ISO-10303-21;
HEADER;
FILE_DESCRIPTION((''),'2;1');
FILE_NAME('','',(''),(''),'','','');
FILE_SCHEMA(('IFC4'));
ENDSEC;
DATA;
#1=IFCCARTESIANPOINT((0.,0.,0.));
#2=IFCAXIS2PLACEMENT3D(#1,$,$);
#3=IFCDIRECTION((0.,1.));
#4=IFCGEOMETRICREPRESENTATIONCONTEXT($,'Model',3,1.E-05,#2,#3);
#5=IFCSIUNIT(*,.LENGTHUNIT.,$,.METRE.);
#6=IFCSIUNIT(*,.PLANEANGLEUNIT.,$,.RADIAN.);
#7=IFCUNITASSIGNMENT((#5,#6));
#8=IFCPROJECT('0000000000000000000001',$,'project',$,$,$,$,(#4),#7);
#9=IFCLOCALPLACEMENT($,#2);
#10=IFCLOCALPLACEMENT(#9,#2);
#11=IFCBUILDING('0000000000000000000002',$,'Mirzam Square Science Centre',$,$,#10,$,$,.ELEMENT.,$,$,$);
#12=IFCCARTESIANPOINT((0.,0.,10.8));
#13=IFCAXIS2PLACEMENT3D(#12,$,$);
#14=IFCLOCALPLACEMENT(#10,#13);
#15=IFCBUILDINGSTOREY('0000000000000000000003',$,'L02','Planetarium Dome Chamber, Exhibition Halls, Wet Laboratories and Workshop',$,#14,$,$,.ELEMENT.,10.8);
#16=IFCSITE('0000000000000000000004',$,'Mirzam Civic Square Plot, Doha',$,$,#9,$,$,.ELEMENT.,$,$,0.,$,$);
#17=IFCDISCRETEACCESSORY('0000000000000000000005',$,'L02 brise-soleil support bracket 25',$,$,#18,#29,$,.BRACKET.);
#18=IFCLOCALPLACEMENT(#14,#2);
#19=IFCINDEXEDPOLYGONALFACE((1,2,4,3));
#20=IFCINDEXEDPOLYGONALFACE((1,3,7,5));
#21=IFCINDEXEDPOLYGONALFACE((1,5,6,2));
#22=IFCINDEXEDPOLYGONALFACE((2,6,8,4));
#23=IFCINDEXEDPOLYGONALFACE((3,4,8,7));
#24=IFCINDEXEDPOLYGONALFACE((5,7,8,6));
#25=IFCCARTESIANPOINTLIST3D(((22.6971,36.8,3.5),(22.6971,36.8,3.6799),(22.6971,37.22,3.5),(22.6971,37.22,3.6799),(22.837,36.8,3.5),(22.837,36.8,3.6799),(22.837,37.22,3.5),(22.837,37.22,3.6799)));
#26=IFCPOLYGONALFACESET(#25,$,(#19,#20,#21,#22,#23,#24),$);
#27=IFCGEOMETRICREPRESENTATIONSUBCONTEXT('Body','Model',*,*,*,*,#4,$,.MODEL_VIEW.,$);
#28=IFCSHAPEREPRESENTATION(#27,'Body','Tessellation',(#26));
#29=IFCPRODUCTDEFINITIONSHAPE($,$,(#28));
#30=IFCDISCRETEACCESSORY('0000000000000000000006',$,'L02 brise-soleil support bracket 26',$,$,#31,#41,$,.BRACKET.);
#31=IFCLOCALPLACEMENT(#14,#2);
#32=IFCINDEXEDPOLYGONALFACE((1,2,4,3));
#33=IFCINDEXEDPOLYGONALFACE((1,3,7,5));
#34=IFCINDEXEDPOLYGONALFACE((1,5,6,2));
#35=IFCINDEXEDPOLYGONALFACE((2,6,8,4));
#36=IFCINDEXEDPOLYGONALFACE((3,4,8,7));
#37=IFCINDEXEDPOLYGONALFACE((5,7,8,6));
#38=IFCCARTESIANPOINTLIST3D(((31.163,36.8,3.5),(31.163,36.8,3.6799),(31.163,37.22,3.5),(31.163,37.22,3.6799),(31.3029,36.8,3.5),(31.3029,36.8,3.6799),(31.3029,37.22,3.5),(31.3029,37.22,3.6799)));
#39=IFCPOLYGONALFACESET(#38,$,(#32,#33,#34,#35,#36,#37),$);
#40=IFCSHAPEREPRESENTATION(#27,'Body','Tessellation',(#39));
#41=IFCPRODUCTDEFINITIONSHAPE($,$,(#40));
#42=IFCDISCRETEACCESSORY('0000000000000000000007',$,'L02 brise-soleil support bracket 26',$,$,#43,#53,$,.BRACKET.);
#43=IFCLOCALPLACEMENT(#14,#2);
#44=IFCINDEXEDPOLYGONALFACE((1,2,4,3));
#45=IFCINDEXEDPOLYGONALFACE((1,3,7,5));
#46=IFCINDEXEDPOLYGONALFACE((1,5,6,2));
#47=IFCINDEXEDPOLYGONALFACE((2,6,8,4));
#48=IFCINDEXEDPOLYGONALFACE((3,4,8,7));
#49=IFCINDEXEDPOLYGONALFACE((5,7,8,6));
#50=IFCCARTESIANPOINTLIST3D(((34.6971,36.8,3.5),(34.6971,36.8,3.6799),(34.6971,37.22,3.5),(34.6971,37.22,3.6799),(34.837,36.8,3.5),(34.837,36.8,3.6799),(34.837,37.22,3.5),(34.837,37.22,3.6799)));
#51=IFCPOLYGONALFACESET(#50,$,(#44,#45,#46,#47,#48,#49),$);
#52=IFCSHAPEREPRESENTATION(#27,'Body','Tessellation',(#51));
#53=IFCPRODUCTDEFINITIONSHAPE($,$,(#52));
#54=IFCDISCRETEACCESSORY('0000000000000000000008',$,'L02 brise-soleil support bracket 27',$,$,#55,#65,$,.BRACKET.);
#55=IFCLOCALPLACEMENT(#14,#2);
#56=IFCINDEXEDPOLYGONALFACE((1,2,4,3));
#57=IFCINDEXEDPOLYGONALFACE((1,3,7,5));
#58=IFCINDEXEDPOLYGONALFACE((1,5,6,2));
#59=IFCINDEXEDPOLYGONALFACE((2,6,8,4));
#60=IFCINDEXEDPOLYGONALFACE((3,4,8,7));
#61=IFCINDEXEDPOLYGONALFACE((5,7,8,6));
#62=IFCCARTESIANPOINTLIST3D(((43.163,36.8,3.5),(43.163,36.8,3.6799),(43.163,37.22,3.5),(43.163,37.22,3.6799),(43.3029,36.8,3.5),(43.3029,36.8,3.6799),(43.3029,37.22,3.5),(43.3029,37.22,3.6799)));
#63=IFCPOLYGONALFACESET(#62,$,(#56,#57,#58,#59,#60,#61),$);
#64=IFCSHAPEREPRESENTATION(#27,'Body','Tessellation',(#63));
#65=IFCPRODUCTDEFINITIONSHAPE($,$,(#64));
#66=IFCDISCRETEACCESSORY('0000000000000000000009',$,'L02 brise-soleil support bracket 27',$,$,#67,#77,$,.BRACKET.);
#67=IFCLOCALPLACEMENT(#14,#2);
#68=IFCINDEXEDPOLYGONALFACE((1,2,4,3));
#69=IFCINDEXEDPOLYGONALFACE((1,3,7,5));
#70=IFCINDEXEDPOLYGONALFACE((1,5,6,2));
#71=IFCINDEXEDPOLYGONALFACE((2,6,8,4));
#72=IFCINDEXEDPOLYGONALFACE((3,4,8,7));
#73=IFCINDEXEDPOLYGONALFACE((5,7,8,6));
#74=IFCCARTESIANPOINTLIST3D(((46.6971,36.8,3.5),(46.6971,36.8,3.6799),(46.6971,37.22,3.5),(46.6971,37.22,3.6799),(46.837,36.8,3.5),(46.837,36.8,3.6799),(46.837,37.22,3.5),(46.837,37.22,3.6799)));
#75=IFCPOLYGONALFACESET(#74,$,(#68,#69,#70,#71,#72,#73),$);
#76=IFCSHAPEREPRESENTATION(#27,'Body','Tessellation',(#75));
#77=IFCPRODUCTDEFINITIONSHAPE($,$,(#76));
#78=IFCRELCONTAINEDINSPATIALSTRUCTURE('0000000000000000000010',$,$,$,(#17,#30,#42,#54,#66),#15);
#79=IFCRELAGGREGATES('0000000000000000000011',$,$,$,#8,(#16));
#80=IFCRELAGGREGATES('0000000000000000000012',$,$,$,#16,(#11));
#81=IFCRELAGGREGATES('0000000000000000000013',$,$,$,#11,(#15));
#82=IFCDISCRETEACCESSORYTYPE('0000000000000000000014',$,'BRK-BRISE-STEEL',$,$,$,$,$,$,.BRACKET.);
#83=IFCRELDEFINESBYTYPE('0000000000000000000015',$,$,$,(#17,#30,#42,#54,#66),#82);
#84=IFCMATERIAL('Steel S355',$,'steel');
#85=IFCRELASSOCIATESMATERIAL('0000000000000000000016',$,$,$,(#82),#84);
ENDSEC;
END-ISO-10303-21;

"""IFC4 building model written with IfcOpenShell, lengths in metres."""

from ifc_helpers import new_model, si_unit, direction, frame, origin, origin_2d, place, context, subcontext, project, spatial, rectangle, extrude, material, type_object, element, save


model = new_model("IFC4")

# Units and contexts
model_context = context("Model", 3, precision=1e-05, world=origin(), true_north=direction((0.0, 1.0)))
body_context = subcontext(model_context, "Body", "Model", "MODEL_VIEW")
ifc_project = project(units=[si_unit("LENGTHUNIT", "METRE"), si_unit("PLANEANGLEUNIT", "RADIAN")], contexts=[model_context])

# Site, building, storey
site_placement = place(None, origin())
site = spatial("IfcSite", under=ifc_project, at=site_placement, Name="Mirzam Civic Square Plot, Doha", CompositionType="ELEMENT", RefElevation=0.0)
building_placement = place(site_placement, origin())
building = spatial("IfcBuilding", under=site, at=building_placement, Name="Mirzam Square Science Centre", CompositionType="ELEMENT")
storey_placement = place(building_placement, frame((0.0, 0.0, 10.8)))
storey = spatial("IfcBuildingStorey", under=building, at=storey_placement, Name="L02", Description="Planetarium Dome Chamber, Exhibition Halls, Wet Laboratories and Workshop", CompositionType="ELEMENT", Elevation=10.8)

# Shared definitions
ifc_material_1 = material(Name="Steel S355", Category="steel")

# Discrete accessories
discrete_accessory_type = type_object("IfcDiscreteAccessoryType", Name="BRK-BRISE-STEEL", PredefinedType="BRACKET", material=ifc_material_1)
for number, where, z_axis, x_axis, name in (
    (1, (22.7671, 37.01, 3.5), (0.0, 0.0, 1.0), (1.0, 0.0, 0.0), "L02 brise-soleil support bracket 25"),
    (2, (31.2329, 37.01, 3.5), (0.0, 0.0, 1.0), (1.0, 0.0, 0.0), "L02 brise-soleil support bracket 26"),
    (3, (34.7671, 37.01, 3.5), (0.0, 0.0, 1.0), (1.0, 0.0, 0.0), "L02 brise-soleil support bracket 26"),
    (4, (43.2329, 37.01, 3.5), (0.0, 0.0, 1.0), (1.0, 0.0, 0.0), "L02 brise-soleil support bracket 27"),
    (5, (46.7671, 37.01, 3.5), (0.0, 0.0, 1.0), (1.0, 0.0, 0.0), "L02 brise-soleil support bracket 27"),
):
    element("IfcDiscreteAccessory", number, at=place(storey_placement, frame(where, z_axis=z_axis, x_axis=x_axis)), inside=storey, type_object=discrete_accessory_type, Name=name, PredefinedType="BRACKET", context=body_context, shape_type="SweptSolid", body=[
        extrude(rectangle(XDim=0.1399, YDim=0.4199, at=origin_2d()), origin(), (0.0, 0.0, 1.0), 0.1799),
    ])

save(model, "model.ifc")
